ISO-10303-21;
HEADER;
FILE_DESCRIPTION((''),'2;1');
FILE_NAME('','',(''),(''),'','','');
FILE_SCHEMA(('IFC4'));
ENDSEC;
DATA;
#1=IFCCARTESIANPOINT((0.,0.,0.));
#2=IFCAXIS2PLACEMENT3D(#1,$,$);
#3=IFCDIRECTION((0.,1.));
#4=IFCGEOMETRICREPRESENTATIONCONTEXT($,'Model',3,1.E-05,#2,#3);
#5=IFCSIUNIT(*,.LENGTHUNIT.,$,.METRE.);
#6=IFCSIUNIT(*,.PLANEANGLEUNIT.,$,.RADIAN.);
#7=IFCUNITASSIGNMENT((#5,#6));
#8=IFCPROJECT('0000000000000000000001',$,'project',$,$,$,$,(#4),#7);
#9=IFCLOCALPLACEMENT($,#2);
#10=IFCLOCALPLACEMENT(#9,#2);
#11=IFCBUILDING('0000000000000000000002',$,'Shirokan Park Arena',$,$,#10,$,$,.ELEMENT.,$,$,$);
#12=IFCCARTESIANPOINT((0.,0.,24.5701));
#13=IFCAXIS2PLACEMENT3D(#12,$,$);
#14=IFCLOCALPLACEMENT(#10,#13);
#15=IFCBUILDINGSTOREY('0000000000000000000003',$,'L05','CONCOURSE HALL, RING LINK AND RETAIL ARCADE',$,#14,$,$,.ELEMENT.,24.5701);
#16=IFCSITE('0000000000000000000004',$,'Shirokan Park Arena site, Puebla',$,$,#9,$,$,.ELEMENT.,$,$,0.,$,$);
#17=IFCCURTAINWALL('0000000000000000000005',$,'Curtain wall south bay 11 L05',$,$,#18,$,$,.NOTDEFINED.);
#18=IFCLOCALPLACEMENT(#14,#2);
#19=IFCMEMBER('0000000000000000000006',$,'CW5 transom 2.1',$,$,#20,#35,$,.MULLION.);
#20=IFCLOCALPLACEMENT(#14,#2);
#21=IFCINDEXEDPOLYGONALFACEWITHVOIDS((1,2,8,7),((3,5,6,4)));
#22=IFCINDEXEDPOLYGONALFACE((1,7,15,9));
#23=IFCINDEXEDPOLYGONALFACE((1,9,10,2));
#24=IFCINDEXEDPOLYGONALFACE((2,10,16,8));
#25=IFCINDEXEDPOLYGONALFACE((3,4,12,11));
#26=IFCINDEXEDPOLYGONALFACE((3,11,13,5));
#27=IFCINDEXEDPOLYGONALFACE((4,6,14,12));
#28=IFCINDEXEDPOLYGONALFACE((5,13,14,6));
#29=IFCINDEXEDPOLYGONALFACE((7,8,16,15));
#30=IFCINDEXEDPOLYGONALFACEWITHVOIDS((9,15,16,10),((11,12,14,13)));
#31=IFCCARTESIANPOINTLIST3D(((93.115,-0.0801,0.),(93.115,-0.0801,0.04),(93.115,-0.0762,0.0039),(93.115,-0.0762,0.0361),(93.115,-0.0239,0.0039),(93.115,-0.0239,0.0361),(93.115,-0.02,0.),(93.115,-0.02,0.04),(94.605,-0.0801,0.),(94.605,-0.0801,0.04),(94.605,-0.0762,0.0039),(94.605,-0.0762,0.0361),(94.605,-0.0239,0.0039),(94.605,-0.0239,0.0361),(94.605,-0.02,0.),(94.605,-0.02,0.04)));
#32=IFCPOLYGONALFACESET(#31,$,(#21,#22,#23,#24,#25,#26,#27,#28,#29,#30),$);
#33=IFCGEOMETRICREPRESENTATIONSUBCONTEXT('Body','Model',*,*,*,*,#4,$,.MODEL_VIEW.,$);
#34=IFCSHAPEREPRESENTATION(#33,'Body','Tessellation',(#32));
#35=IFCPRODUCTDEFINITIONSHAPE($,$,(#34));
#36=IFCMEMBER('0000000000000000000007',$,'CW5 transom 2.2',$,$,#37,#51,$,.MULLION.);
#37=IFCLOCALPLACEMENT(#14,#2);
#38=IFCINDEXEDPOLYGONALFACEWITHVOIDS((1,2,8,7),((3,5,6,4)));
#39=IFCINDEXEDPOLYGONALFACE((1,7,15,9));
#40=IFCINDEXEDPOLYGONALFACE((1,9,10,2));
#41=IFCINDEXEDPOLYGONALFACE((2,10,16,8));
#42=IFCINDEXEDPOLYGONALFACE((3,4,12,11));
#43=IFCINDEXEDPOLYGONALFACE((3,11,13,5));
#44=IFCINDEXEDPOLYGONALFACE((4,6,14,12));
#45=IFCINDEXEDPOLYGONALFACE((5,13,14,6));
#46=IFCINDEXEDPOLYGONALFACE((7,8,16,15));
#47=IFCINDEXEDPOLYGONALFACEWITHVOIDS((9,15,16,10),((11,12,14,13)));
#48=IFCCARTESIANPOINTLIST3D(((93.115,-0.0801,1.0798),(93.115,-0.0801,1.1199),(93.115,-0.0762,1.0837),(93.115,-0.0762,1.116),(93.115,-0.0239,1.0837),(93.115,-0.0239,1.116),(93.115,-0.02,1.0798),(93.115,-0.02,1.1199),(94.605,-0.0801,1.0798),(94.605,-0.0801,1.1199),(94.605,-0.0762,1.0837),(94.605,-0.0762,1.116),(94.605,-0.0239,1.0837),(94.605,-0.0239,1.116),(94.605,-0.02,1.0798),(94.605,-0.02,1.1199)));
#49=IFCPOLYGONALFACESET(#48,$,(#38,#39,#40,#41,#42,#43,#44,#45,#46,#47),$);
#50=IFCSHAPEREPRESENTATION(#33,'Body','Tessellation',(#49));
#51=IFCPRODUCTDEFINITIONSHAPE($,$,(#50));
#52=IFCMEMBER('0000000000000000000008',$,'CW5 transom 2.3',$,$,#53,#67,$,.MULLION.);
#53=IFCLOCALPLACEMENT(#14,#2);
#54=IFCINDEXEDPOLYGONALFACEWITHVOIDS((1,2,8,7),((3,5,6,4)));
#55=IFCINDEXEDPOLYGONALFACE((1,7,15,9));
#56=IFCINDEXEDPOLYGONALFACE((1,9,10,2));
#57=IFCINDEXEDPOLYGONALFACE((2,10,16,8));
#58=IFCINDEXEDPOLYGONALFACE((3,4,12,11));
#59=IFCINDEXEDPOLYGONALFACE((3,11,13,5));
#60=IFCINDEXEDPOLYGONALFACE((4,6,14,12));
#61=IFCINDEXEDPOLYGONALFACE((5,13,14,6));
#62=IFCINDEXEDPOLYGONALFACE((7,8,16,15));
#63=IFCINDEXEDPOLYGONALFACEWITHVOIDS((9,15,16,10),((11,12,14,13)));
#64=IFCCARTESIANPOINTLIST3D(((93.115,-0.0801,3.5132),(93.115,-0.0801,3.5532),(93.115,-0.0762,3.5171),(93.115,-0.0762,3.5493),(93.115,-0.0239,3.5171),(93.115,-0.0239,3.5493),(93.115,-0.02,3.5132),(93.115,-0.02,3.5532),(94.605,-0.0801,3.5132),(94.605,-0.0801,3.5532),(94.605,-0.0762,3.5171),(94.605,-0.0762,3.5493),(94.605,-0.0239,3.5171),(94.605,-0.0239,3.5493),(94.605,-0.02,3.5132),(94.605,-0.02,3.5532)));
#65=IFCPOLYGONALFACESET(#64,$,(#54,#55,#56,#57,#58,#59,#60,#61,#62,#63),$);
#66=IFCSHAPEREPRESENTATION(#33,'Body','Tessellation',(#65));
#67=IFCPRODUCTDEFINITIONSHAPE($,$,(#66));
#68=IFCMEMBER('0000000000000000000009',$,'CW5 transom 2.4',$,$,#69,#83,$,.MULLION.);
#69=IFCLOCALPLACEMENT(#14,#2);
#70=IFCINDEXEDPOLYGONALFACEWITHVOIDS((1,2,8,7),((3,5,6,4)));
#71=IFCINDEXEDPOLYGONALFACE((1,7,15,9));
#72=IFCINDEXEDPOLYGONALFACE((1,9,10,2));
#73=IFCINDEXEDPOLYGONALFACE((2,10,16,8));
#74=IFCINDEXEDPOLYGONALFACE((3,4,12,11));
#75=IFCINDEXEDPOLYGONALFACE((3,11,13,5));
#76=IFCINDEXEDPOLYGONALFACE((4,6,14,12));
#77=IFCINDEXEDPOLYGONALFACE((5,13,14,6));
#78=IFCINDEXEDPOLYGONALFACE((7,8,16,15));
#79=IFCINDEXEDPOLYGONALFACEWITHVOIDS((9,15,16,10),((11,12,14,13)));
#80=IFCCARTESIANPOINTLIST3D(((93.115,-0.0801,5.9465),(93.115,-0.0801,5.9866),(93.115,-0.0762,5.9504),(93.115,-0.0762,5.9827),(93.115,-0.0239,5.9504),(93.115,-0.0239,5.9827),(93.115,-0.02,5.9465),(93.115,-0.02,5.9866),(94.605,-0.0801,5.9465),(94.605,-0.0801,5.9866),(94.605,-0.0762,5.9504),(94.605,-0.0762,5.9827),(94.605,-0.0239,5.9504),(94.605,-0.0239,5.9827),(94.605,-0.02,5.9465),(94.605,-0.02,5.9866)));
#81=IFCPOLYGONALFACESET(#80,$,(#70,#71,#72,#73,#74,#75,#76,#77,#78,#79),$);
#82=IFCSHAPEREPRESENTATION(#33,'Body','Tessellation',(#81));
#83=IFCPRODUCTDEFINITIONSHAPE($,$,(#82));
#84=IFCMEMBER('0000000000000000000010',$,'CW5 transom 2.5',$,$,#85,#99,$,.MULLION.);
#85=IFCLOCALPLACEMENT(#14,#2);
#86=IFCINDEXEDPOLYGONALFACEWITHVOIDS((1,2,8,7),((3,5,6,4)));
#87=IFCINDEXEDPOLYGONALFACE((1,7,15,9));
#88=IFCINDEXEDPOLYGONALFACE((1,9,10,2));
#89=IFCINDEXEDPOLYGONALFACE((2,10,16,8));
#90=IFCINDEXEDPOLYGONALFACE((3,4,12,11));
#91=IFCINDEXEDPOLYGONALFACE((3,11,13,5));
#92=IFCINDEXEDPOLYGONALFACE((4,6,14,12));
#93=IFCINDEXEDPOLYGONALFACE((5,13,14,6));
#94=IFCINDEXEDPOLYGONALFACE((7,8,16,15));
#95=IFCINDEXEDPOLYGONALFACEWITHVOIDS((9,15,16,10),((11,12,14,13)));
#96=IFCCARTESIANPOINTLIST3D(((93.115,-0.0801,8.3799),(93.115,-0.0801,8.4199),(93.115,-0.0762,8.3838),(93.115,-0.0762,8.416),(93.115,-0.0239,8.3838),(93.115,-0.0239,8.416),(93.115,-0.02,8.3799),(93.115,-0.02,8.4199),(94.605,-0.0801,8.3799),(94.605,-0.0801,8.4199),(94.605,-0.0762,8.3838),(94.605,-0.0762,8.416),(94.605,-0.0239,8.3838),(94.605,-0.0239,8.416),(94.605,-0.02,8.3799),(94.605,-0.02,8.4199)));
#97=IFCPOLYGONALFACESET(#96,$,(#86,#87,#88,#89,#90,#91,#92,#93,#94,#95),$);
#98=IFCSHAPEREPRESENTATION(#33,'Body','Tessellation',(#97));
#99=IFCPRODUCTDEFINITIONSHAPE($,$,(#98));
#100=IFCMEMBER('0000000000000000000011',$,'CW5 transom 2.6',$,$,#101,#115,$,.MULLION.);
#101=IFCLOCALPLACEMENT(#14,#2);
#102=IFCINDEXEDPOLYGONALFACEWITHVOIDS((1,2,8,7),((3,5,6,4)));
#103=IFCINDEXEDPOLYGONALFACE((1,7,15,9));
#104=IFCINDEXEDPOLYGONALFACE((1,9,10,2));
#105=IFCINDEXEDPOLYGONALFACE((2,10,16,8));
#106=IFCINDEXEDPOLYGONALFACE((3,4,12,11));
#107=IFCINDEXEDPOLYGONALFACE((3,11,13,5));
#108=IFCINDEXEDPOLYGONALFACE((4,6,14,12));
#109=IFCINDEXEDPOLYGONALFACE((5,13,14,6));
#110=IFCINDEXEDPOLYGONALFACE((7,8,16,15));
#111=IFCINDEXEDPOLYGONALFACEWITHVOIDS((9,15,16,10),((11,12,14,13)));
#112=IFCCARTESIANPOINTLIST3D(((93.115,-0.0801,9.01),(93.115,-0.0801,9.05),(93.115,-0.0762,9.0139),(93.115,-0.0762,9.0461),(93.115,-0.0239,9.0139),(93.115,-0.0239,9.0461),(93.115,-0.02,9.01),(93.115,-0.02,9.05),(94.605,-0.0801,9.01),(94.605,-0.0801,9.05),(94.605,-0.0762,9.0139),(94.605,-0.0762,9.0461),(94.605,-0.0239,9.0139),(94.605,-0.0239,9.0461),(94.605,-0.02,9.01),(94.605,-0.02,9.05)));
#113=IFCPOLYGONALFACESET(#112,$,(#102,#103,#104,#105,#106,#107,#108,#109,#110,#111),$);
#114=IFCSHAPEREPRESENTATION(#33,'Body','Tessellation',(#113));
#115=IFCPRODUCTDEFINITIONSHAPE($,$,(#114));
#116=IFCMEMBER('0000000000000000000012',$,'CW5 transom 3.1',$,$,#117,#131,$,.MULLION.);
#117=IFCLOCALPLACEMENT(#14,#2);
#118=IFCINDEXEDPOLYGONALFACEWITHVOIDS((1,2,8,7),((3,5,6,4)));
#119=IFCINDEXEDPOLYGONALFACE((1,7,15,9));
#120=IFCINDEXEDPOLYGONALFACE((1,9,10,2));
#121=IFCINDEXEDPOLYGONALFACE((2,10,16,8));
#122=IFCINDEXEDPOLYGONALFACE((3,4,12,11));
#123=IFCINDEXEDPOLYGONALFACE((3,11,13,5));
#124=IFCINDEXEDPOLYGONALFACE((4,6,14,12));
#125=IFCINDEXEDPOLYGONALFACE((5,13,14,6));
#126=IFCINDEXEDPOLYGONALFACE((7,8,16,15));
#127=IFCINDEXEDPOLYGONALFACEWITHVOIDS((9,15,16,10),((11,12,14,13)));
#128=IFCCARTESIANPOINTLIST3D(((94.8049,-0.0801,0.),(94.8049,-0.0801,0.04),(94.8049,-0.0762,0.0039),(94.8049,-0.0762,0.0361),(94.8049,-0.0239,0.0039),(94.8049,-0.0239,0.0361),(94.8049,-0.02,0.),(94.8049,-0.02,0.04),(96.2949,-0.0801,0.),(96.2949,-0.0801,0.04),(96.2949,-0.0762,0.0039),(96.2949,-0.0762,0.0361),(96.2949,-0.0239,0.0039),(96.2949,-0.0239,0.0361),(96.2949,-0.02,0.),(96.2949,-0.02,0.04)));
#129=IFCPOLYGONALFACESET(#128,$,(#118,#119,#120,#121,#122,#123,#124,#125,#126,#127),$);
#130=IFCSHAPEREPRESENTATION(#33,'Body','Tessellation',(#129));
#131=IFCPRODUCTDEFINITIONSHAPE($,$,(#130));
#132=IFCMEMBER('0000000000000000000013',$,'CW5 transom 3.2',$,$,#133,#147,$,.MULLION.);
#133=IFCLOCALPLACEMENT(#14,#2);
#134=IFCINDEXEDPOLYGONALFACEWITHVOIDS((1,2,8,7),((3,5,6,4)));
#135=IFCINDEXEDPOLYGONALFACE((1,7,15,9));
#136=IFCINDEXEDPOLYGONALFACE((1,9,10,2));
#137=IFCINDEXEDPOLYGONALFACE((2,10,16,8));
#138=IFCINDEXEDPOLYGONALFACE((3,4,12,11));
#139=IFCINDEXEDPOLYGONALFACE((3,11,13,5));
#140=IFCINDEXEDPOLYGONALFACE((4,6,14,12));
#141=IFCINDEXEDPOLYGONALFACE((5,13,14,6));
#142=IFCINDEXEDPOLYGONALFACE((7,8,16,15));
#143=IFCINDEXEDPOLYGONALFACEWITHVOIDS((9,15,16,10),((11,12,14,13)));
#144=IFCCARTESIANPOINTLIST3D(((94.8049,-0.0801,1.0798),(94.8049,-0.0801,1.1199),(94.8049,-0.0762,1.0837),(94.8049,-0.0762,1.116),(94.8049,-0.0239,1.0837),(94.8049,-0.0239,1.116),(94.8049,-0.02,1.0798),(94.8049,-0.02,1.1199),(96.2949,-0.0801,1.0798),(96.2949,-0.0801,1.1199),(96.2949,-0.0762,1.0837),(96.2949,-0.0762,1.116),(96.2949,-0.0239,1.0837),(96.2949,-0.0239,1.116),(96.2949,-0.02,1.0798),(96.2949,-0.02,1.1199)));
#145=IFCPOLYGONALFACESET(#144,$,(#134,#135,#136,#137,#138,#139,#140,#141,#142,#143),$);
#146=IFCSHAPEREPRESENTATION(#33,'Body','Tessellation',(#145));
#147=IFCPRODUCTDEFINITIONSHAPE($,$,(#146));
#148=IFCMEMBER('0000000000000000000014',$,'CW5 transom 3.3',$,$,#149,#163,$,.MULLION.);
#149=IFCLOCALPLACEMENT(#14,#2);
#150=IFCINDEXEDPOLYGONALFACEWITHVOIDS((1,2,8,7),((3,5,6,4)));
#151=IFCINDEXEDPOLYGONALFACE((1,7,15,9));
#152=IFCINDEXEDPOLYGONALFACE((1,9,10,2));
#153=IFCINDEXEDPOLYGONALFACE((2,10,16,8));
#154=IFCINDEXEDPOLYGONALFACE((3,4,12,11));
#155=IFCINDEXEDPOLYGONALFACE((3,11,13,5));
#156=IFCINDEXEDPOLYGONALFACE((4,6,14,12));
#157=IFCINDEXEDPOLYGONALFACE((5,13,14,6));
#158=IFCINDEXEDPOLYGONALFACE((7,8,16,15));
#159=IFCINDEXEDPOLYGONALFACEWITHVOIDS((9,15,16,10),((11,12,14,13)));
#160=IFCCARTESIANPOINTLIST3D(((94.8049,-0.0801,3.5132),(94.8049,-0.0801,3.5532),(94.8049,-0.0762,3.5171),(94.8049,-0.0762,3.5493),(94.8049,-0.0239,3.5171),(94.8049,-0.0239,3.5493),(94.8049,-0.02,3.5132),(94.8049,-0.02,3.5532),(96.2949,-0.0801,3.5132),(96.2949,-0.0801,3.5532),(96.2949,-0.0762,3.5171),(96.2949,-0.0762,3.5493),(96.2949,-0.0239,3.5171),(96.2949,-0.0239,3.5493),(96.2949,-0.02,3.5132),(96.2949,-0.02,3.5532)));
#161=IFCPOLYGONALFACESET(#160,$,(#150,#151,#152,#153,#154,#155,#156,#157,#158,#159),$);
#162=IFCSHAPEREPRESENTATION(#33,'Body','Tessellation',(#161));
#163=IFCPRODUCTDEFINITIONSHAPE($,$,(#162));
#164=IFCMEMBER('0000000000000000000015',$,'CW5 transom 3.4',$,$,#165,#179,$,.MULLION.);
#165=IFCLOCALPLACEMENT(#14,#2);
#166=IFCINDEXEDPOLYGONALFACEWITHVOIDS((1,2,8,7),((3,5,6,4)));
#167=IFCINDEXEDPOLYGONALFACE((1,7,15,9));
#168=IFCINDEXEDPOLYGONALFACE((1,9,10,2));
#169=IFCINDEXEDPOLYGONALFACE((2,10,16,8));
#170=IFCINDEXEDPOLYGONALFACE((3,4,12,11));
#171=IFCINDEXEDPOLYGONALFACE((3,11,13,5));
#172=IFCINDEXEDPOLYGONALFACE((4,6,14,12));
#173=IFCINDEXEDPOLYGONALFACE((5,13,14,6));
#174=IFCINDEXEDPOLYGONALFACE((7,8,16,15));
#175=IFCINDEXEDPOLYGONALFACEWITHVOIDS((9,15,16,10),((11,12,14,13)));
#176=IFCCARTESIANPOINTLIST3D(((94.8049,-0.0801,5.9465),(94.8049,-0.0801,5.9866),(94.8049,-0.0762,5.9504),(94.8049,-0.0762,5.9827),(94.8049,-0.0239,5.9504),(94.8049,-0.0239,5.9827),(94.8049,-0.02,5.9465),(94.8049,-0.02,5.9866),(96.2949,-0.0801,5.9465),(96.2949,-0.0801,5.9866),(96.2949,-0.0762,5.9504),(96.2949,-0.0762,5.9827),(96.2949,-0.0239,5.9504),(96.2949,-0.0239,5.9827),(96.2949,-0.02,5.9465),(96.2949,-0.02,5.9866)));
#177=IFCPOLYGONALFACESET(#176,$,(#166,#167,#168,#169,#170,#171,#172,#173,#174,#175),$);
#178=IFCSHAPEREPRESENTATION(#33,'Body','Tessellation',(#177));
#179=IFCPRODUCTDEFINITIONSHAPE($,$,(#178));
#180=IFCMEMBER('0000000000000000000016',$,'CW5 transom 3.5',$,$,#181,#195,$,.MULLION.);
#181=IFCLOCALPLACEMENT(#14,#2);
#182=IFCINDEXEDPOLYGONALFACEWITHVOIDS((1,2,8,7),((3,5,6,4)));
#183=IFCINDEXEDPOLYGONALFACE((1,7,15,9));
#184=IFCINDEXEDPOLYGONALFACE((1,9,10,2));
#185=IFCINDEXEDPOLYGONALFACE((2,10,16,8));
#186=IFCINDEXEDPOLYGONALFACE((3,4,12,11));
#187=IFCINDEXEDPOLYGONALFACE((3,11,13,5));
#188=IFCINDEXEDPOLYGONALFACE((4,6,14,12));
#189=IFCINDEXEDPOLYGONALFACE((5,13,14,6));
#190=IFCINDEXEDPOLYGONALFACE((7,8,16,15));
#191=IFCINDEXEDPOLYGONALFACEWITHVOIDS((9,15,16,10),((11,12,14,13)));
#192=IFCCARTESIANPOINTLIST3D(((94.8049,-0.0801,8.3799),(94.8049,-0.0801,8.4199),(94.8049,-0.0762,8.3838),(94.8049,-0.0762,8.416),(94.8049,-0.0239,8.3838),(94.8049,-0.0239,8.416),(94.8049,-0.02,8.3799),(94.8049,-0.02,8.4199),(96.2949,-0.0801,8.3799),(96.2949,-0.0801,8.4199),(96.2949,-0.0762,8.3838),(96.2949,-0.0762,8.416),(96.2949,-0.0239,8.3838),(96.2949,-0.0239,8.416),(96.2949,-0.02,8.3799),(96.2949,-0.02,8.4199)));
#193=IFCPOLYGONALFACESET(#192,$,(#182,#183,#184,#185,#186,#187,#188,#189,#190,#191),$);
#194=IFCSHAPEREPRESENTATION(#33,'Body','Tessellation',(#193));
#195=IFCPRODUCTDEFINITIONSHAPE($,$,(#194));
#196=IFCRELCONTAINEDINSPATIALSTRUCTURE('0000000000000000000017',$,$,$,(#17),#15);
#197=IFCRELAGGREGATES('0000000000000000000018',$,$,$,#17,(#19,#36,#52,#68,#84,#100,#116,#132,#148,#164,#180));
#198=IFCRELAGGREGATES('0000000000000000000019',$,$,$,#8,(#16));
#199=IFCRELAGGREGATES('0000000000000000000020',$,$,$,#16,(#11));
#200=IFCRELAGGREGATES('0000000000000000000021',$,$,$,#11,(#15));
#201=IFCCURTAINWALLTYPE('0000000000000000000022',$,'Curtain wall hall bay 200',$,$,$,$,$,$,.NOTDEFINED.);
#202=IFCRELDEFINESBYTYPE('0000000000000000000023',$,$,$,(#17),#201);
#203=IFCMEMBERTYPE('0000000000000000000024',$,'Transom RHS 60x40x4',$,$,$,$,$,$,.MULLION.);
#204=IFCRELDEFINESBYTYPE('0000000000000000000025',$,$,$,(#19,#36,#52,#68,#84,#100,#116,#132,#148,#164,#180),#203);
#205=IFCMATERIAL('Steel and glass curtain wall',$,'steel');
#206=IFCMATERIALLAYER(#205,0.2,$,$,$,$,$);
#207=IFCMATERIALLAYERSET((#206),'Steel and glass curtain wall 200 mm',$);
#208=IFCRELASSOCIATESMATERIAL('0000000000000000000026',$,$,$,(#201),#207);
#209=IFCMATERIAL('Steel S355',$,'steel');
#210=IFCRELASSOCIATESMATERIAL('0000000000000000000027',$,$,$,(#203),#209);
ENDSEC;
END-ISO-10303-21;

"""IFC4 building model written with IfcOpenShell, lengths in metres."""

from ifc_helpers import new_model, si_unit, direction, frame, origin, origin_2d, place, context, subcontext, project, spatial, hollow_rectangle, extrude, material, layer, layer_set, material_profile, profile_set, type_object, element, aggregate, save


model = new_model("IFC4")

# Units and contexts
model_context = context("Model", 3, precision=1e-05, world=origin(), true_north=direction((0.0, 1.0)))
body_context = subcontext(model_context, "Body", "Model", "MODEL_VIEW")
ifc_project = project(units=[si_unit("LENGTHUNIT", "METRE"), si_unit("PLANEANGLEUNIT", "RADIAN")], contexts=[model_context])

# Site, building, storey
site_placement = place(None, origin())
site = spatial("IfcSite", under=ifc_project, at=site_placement, Name="Shirokan Park Arena site, Puebla", CompositionType="ELEMENT", RefElevation=0.0)
building_placement = place(site_placement, origin())
building = spatial("IfcBuilding", under=site, at=building_placement, Name="Shirokan Park Arena", CompositionType="ELEMENT")
storey_placement = place(building_placement, frame((0.0, 0.0, 24.5701)))
storey = spatial("IfcBuildingStorey", under=building, at=storey_placement, Name="L05", Description="CONCOURSE HALL, RING LINK AND RETAIL ARCADE", CompositionType="ELEMENT", Elevation=24.5701)

# Shared definitions
ifc_material_1 = material(Name="Steel and glass curtain wall", Category="steel")
ifc_layer_1 = layer(ifc_material_1, 0.2)
ifc_layer_set_1 = layer_set([ifc_layer_1], Name="Steel and glass curtain wall 200 mm")
curtain_wall_type = type_object("IfcCurtainWallType", Name="Curtain wall hall bay 200", PredefinedType="NOTDEFINED", material=ifc_layer_set_1)
ifc_material_2 = material(Name="Steel S355", Category="steel")

# Curtain wall, members
curtain_wall_1_placement = place(storey_placement, origin())
curtain_wall_1 = element("IfcCurtainWall", 1, at=curtain_wall_1_placement, inside=storey, type_object=curtain_wall_type, Name="Curtain wall south bay 11 L05", PredefinedType="NOTDEFINED")
ifc_material_profile_1 = material_profile(ifc_material_2, hollow_rectangle(XDim=0.0601, YDim=0.04, WallThickness=0.0039, at=origin_2d()), Name="RHS 60x40x4")
ifc_profile_set_1 = profile_set([ifc_material_profile_1], Name="Steel S355")
member_type_1 = type_object("IfcMemberType", Name="Transom RHS 60x40x4", PredefinedType="MULLION", material=ifc_profile_set_1)
member_1_placement = place(storey_placement, frame((93.115, -0.05, 0.02), z_axis=(1.0, 0.0, 0.0), x_axis=(0.0, 1.0, 0.0)))
member_1 = element("IfcMember", 2, at=member_1_placement, type_object=member_type_1, Name="CW5 transom 2.1", PredefinedType="MULLION", context=body_context, shape_type="SweptSolid", body=[
    extrude(hollow_rectangle(XDim=0.0601, YDim=0.04, WallThickness=0.0039, at=origin_2d()), origin(), (0.0, 0.0, 1.0), 1.49),
])
member_2_placement = place(storey_placement, frame((93.115, -0.05, 1.0999), z_axis=(1.0, 0.0, 0.0), x_axis=(0.0, 1.0, 0.0)))
member_2 = element("IfcMember", 3, at=member_2_placement, type_object=member_type_1, Name="CW5 transom 2.2", PredefinedType="MULLION", context=body_context, shape_type="SweptSolid", body=[
    extrude(hollow_rectangle(XDim=0.0601, YDim=0.04, WallThickness=0.0039, at=origin_2d()), origin(), (0.0, 0.0, 1.0), 1.49),
])
member_3_placement = place(storey_placement, frame((93.115, -0.05, 3.5332), z_axis=(1.0, 0.0, 0.0), x_axis=(0.0, 1.0, 0.0)))
member_3 = element("IfcMember", 4, at=member_3_placement, type_object=member_type_1, Name="CW5 transom 2.3", PredefinedType="MULLION", context=body_context, shape_type="SweptSolid", body=[
    extrude(hollow_rectangle(XDim=0.0601, YDim=0.04, WallThickness=0.0039, at=origin_2d()), origin(), (0.0, 0.0, 1.0), 1.49),
])
member_4_placement = place(storey_placement, frame((93.115, -0.05, 5.9666), z_axis=(1.0, 0.0, 0.0), x_axis=(0.0, 1.0, 0.0)))
member_4 = element("IfcMember", 5, at=member_4_placement, type_object=member_type_1, Name="CW5 transom 2.4", PredefinedType="MULLION", context=body_context, shape_type="SweptSolid", body=[
    extrude(hollow_rectangle(XDim=0.0601, YDim=0.04, WallThickness=0.0039, at=origin_2d()), origin(), (0.0, 0.0, 1.0), 1.49),
])
member_5_placement = place(storey_placement, frame((93.115, -0.05, 8.3999), z_axis=(1.0, 0.0, 0.0), x_axis=(0.0, 1.0, 0.0)))
member_5 = element("IfcMember", 6, at=member_5_placement, type_object=member_type_1, Name="CW5 transom 2.5", PredefinedType="MULLION", context=body_context, shape_type="SweptSolid", body=[
    extrude(hollow_rectangle(XDim=0.0601, YDim=0.04, WallThickness=0.0039, at=origin_2d()), origin(), (0.0, 0.0, 1.0), 1.49),
])
member_6_placement = place(storey_placement, frame((93.115, -0.05, 9.03), z_axis=(1.0, 0.0, 0.0), x_axis=(0.0, 1.0, 0.0)))
member_6 = element("IfcMember", 7, at=member_6_placement, type_object=member_type_1, Name="CW5 transom 2.6", PredefinedType="MULLION", context=body_context, shape_type="SweptSolid", body=[
    extrude(hollow_rectangle(XDim=0.0601, YDim=0.04, WallThickness=0.0039, at=origin_2d()), origin(), (0.0, 0.0, 1.0), 1.49),
])
member_7_placement = place(storey_placement, frame((94.8049, -0.05, 0.02), z_axis=(1.0, 0.0, 0.0), x_axis=(0.0, 1.0, 0.0)))
member_7 = element("IfcMember", 8, at=member_7_placement, type_object=member_type_1, Name="CW5 transom 3.1", PredefinedType="MULLION", context=body_context, shape_type="SweptSolid", body=[
    extrude(hollow_rectangle(XDim=0.0601, YDim=0.04, WallThickness=0.0039, at=origin_2d()), origin(), (0.0, 0.0, 1.0), 1.49),
])
member_8_placement = place(storey_placement, frame((94.8049, -0.05, 1.0999), z_axis=(1.0, 0.0, 0.0), x_axis=(0.0, 1.0, 0.0)))
member_8 = element("IfcMember", 9, at=member_8_placement, type_object=member_type_1, Name="CW5 transom 3.2", PredefinedType="MULLION", context=body_context, shape_type="SweptSolid", body=[
    extrude(hollow_rectangle(XDim=0.0601, YDim=0.04, WallThickness=0.0039, at=origin_2d()), origin(), (0.0, 0.0, 1.0), 1.49),
])
member_9_placement = place(storey_placement, frame((94.8049, -0.05, 3.5332), z_axis=(1.0, 0.0, 0.0), x_axis=(0.0, 1.0, 0.0)))
member_9 = element("IfcMember", 10, at=member_9_placement, type_object=member_type_1, Name="CW5 transom 3.3", PredefinedType="MULLION", context=body_context, shape_type="SweptSolid", body=[
    extrude(hollow_rectangle(XDim=0.0601, YDim=0.04, WallThickness=0.0039, at=origin_2d()), origin(), (0.0, 0.0, 1.0), 1.49),
])
member_10_placement = place(storey_placement, frame((94.8049, -0.05, 5.9666), z_axis=(1.0, 0.0, 0.0), x_axis=(0.0, 1.0, 0.0)))
member_10 = element("IfcMember", 11, at=member_10_placement, type_object=member_type_1, Name="CW5 transom 3.4", PredefinedType="MULLION", context=body_context, shape_type="SweptSolid", body=[
    extrude(hollow_rectangle(XDim=0.0601, YDim=0.04, WallThickness=0.0039, at=origin_2d()), origin(), (0.0, 0.0, 1.0), 1.49),
])
member_11_placement = place(storey_placement, frame((94.8049, -0.05, 8.3999), z_axis=(1.0, 0.0, 0.0), x_axis=(0.0, 1.0, 0.0)))
member_11 = element("IfcMember", 12, at=member_11_placement, type_object=member_type_1, Name="CW5 transom 3.5", PredefinedType="MULLION", context=body_context, shape_type="SweptSolid", body=[
    extrude(hollow_rectangle(XDim=0.0601, YDim=0.04, WallThickness=0.0039, at=origin_2d()), origin(), (0.0, 0.0, 1.0), 1.49),
])
aggregate(curtain_wall_1, [member_1, member_2, member_3, member_4, member_5, member_6, member_7, member_8, member_9, member_10, member_11])

save(model, "model.ifc")
